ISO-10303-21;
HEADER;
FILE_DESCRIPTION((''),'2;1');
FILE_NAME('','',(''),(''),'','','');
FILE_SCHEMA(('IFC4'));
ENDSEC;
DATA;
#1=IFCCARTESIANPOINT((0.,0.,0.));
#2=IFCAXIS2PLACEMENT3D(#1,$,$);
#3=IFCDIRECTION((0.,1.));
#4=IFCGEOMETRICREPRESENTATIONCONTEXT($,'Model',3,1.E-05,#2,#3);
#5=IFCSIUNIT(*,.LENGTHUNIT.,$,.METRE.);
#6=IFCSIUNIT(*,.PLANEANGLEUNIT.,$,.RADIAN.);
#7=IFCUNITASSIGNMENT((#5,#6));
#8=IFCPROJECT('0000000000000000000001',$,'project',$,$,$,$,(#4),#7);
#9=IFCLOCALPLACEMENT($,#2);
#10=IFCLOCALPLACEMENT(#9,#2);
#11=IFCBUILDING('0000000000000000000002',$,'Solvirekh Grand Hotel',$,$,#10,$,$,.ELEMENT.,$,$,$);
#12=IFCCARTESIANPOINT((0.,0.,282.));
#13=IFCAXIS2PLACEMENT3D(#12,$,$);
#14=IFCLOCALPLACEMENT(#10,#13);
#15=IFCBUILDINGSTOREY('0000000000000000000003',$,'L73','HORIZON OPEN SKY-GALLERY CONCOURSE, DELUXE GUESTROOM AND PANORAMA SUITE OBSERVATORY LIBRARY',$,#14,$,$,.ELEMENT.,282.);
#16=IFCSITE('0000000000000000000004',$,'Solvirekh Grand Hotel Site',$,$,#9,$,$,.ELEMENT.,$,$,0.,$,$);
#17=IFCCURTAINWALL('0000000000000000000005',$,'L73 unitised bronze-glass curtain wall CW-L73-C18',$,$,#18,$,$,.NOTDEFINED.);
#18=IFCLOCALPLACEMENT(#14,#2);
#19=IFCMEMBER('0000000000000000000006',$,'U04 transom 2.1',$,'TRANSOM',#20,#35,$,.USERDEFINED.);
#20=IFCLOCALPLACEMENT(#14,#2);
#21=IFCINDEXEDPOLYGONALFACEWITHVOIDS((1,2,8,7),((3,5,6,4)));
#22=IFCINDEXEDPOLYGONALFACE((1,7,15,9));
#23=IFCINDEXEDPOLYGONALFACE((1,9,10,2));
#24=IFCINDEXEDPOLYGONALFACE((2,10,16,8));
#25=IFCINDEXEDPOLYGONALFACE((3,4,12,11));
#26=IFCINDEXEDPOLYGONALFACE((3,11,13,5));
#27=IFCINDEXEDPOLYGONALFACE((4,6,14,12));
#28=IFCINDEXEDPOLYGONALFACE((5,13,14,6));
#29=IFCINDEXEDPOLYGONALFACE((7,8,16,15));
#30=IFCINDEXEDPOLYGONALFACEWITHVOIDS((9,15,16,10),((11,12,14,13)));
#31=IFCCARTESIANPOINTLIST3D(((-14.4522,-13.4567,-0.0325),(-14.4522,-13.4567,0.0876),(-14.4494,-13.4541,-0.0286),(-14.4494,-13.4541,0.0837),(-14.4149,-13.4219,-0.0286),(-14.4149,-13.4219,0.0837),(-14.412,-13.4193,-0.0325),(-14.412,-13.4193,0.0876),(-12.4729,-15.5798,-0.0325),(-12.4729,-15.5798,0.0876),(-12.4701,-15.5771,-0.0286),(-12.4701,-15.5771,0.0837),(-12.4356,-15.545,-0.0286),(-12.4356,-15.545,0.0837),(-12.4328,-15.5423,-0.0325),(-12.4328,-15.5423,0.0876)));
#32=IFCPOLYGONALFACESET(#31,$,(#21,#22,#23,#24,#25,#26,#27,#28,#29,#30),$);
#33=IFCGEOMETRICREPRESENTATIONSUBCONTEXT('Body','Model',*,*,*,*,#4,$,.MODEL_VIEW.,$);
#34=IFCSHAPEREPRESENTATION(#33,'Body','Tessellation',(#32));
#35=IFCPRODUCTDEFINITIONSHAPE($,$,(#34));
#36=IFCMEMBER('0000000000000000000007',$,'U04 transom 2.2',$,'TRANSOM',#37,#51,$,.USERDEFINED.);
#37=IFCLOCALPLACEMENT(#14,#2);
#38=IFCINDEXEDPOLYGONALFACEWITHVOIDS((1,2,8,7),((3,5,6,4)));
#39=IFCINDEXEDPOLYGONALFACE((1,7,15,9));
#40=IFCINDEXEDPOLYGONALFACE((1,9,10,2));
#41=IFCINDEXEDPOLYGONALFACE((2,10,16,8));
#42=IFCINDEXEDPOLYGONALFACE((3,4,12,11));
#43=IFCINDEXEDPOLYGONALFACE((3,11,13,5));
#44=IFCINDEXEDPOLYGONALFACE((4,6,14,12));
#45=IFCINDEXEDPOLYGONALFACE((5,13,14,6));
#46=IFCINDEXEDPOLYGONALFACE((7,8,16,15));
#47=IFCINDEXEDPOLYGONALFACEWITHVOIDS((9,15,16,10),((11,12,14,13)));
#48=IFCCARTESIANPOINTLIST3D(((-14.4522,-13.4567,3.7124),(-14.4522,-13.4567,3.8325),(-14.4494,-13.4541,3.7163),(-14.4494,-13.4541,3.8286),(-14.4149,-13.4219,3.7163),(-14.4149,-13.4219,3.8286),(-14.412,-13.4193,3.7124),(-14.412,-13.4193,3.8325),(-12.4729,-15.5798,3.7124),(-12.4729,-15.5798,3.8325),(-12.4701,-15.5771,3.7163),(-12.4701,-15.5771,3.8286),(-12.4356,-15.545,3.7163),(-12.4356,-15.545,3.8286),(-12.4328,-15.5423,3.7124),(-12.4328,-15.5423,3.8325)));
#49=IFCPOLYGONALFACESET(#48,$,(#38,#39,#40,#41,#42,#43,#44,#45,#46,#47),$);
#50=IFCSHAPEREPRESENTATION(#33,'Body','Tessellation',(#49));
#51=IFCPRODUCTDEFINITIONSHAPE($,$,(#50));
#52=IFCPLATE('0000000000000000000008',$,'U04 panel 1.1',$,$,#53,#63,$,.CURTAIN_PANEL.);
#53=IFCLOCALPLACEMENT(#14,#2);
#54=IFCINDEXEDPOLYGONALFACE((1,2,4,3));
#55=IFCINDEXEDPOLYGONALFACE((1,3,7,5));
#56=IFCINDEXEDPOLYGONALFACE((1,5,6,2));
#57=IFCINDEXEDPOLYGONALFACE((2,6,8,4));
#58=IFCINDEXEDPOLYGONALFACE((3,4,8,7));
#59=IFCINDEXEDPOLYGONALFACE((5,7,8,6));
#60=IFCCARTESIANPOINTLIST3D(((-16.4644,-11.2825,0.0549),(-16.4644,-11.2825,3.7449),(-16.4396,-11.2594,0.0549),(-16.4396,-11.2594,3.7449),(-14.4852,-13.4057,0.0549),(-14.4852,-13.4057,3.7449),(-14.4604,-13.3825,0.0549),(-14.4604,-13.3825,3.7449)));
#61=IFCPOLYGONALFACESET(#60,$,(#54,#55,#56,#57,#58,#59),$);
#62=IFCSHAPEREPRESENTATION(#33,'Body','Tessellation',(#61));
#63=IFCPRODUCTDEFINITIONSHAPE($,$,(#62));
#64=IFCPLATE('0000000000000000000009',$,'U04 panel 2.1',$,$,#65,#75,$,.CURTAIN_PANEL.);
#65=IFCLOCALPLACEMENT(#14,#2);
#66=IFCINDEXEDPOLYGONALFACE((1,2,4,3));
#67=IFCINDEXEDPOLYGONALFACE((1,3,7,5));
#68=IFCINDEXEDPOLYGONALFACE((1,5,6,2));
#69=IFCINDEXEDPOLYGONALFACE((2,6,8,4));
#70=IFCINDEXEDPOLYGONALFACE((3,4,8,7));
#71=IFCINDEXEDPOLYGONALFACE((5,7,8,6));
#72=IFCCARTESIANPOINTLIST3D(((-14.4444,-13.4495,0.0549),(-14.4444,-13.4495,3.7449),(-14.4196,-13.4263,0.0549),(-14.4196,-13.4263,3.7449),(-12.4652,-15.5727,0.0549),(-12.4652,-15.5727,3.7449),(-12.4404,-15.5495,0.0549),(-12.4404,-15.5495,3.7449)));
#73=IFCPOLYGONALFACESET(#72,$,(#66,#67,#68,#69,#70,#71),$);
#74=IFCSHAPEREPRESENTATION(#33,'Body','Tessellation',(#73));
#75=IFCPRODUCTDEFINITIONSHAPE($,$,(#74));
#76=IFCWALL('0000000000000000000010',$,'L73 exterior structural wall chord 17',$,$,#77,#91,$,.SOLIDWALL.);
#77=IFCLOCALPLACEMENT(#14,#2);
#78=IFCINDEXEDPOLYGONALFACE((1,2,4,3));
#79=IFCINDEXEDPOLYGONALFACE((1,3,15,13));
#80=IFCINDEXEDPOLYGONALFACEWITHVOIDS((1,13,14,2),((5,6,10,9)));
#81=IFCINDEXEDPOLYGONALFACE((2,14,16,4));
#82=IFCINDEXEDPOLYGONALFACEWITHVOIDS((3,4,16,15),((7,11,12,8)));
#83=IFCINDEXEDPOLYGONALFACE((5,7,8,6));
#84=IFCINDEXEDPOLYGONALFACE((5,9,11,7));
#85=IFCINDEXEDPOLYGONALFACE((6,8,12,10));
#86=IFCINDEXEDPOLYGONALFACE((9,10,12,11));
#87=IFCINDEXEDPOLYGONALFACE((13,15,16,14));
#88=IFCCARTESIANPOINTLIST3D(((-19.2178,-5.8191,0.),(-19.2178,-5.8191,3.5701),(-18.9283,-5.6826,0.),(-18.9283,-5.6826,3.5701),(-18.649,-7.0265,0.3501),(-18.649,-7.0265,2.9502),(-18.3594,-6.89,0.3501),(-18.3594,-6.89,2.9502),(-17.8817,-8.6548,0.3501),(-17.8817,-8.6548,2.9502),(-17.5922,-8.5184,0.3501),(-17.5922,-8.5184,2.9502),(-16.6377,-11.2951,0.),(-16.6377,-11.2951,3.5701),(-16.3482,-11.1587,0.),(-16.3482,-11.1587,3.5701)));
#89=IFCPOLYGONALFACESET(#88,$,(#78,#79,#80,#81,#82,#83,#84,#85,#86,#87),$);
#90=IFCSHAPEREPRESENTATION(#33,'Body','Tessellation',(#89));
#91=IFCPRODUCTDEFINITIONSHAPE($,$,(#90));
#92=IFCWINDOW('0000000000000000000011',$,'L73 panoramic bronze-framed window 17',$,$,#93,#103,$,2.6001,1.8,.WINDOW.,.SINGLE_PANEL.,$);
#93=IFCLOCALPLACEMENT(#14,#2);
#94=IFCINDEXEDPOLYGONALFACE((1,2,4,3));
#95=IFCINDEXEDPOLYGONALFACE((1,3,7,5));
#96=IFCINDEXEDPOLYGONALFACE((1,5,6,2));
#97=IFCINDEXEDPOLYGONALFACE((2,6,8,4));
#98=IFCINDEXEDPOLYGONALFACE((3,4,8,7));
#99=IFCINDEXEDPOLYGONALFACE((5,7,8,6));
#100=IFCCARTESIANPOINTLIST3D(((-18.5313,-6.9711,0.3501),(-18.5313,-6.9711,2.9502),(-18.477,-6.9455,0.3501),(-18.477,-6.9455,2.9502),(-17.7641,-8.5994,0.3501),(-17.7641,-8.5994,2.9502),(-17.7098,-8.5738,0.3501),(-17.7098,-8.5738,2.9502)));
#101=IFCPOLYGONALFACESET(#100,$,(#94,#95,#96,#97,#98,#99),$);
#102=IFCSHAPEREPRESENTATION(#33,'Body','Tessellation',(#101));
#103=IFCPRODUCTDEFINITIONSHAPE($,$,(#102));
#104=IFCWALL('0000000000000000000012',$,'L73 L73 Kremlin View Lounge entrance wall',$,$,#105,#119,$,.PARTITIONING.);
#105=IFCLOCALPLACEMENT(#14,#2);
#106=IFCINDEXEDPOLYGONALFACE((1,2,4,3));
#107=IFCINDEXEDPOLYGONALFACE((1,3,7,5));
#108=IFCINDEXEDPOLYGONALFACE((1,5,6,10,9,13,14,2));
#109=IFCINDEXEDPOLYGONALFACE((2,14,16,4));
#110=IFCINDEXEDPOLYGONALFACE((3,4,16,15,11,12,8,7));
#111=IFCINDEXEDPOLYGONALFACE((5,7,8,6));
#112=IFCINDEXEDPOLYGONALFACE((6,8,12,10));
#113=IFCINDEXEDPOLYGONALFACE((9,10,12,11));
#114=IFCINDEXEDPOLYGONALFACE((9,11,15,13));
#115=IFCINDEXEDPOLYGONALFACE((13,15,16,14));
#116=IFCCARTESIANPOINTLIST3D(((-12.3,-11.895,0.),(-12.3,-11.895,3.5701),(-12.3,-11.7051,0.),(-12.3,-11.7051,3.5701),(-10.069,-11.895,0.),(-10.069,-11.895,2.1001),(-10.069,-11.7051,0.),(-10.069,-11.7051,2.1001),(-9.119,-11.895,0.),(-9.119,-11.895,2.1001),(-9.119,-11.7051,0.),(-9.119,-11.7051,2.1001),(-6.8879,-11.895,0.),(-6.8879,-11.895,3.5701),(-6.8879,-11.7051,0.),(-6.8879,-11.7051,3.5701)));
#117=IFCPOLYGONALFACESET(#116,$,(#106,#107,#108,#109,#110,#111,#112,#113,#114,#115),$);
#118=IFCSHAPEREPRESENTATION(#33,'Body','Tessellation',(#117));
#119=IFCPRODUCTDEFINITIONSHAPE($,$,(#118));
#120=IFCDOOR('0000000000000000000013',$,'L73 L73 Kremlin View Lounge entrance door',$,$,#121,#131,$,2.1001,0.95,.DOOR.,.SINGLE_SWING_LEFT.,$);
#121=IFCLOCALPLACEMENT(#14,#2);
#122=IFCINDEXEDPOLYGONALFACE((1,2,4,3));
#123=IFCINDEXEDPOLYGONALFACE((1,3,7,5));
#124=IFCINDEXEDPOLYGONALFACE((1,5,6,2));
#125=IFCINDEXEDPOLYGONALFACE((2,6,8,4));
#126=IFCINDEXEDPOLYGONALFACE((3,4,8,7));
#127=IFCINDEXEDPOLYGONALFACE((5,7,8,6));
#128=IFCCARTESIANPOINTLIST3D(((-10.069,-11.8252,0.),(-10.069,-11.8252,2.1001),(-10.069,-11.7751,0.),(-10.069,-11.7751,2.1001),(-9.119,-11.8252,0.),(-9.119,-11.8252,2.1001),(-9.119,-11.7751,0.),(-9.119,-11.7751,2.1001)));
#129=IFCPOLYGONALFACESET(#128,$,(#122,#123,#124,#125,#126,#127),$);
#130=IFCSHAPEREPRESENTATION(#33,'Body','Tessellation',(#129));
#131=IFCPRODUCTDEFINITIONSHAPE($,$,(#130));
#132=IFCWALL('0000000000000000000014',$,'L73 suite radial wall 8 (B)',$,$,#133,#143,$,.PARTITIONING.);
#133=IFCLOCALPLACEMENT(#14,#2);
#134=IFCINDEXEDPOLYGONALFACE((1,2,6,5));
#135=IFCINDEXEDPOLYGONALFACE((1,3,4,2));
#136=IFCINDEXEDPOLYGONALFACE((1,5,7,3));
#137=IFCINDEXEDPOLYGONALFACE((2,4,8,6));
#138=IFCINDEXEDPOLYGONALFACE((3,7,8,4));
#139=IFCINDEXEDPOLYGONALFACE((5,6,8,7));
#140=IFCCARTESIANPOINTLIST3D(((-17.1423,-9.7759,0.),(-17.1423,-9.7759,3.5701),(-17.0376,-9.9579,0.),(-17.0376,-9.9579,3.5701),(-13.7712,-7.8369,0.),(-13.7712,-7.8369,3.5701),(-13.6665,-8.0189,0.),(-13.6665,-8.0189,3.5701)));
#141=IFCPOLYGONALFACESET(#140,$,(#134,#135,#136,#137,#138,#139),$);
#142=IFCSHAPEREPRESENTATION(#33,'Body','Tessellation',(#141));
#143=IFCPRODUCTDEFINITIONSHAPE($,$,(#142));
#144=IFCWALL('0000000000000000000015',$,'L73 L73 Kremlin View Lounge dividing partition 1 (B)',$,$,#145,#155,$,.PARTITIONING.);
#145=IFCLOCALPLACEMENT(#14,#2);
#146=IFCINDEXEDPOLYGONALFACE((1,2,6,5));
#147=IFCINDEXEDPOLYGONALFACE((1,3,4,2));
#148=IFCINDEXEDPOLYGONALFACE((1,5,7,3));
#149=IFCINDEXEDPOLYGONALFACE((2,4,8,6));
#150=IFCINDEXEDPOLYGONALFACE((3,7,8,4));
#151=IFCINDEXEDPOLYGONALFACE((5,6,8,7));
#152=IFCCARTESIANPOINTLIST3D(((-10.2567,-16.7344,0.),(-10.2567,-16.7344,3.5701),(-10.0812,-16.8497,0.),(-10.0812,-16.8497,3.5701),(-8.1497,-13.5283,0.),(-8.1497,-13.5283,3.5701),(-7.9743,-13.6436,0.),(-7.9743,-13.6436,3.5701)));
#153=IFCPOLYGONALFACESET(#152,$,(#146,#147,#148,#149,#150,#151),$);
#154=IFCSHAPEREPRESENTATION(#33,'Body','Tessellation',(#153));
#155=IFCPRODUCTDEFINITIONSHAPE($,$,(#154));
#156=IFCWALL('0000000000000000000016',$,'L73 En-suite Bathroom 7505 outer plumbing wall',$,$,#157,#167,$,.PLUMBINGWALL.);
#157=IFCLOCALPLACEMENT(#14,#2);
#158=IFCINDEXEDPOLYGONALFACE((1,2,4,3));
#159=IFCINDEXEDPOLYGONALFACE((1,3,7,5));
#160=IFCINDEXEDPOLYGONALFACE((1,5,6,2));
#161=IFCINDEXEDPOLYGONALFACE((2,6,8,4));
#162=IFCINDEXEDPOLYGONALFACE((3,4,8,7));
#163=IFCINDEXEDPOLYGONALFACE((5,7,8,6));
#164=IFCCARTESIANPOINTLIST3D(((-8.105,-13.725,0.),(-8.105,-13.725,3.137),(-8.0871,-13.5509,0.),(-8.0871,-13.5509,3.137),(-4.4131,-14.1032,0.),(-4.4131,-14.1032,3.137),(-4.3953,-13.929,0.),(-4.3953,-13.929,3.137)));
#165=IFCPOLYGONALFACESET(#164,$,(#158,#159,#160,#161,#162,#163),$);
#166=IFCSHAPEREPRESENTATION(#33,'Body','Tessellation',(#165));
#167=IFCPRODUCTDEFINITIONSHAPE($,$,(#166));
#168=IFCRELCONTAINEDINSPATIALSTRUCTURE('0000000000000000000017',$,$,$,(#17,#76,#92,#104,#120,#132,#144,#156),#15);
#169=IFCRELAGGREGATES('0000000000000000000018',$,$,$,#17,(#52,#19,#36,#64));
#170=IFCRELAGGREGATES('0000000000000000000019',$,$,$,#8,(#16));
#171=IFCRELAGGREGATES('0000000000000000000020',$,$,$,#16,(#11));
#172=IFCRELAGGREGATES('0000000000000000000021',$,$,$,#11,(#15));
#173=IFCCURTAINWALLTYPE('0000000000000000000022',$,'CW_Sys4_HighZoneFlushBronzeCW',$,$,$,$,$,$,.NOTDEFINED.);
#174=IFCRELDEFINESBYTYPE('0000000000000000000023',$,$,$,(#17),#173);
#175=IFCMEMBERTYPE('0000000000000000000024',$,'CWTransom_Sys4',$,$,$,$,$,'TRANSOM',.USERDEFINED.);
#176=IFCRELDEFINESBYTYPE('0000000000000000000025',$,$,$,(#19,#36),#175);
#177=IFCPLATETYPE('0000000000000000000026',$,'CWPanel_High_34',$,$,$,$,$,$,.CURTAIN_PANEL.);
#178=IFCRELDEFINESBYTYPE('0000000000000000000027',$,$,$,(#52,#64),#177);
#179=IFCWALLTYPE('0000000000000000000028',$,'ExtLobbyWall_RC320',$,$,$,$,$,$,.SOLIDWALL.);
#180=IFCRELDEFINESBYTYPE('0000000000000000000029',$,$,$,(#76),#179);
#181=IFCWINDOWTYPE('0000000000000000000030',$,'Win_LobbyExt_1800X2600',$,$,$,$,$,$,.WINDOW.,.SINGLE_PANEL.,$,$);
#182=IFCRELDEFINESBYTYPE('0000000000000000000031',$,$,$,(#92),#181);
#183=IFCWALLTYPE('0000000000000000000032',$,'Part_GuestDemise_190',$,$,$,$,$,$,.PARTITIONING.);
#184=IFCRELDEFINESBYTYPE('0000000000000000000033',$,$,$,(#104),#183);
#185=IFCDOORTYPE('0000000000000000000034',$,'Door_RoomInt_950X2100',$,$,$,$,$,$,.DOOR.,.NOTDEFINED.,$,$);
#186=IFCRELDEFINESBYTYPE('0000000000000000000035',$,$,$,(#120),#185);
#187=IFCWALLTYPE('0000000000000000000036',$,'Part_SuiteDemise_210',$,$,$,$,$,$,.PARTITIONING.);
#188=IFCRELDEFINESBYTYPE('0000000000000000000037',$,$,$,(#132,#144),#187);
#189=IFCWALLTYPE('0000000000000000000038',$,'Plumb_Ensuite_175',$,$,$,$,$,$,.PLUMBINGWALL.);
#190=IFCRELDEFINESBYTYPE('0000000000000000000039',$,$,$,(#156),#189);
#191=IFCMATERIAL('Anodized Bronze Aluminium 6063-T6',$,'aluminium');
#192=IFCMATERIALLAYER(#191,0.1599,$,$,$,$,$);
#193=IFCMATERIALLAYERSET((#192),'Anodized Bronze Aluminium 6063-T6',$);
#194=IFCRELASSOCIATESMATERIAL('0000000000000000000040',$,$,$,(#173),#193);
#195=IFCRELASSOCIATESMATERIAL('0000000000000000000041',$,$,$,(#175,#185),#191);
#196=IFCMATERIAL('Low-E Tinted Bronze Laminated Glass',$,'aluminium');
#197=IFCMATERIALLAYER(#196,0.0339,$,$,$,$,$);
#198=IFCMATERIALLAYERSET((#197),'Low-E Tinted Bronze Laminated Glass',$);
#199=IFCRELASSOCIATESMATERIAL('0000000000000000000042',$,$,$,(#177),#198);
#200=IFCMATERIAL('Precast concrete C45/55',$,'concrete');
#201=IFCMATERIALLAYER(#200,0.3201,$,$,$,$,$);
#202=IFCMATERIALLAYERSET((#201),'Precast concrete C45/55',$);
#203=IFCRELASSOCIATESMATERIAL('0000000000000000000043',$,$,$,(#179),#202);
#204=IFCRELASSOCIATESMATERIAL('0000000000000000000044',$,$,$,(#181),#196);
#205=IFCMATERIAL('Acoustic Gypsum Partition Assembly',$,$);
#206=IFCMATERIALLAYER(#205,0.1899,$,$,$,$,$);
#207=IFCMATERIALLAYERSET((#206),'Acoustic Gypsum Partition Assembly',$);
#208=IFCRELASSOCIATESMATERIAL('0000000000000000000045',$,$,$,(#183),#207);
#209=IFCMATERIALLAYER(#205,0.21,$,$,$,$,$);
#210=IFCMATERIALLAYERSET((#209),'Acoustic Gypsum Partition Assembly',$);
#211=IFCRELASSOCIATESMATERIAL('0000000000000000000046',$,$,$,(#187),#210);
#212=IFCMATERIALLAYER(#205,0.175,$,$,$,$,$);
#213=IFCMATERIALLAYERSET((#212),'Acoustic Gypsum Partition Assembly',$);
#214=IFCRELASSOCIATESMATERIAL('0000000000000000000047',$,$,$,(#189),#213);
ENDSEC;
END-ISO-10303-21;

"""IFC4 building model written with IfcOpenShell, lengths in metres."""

from ifc_helpers import new_model, si_unit, direction, frame, frame_2d, origin, origin_2d, place, context, subcontext, project, spatial, rectangle, hollow_rectangle, extrude, source, transform, mapped, material, layer, layer_set, material_profile, profile_set, type_object, element, fill, aggregate, save


model = new_model("IFC4")

# Units and contexts
model_context = context("Model", 3, precision=1e-05, world=origin(), true_north=direction((0.0, 1.0)))
body_context = subcontext(model_context, "Body", "Model", "MODEL_VIEW")
ifc_project = project(units=[si_unit("LENGTHUNIT", "METRE"), si_unit("PLANEANGLEUNIT", "RADIAN")], contexts=[model_context])

# Site, building, storey
site_placement = place(None, origin())
site = spatial("IfcSite", under=ifc_project, at=site_placement, Name="Solvirekh Grand Hotel Site", CompositionType="ELEMENT", RefElevation=0.0)
building_placement = place(site_placement, origin())
building = spatial("IfcBuilding", under=site, at=building_placement, Name="Solvirekh Grand Hotel", CompositionType="ELEMENT")
storey_placement = place(building_placement, frame((0.0, 0.0, 282.0)))
storey = spatial("IfcBuildingStorey", under=building, at=storey_placement, Name="L73", Description="HORIZON OPEN SKY-GALLERY CONCOURSE, DELUXE GUESTROOM AND PANORAMA SUITE OBSERVATORY LIBRARY", CompositionType="ELEMENT", Elevation=282.0)

# Curtain wall, members, plates
ifc_material_1 = material(Name="Anodized Bronze Aluminium 6063-T6", Category="aluminium")
ifc_layer_1 = layer(ifc_material_1, 0.1599)
ifc_layer_set_1 = layer_set([ifc_layer_1], Name="Anodized Bronze Aluminium 6063-T6")
curtain_wall_type = type_object("IfcCurtainWallType", Name="CW_Sys4_HighZoneFlushBronzeCW", PredefinedType="NOTDEFINED", material=ifc_layer_set_1)
curtain_wall_placement = place(storey_placement, origin())
curtain_wall = element("IfcCurtainWall", 1, at=curtain_wall_placement, inside=storey, type_object=curtain_wall_type, Name="L73 unitised bronze-glass curtain wall CW-L73-C18", PredefinedType="NOTDEFINED")
ifc_material_profile_1 = material_profile(ifc_material_1, hollow_rectangle(XDim=0.0549, YDim=0.1201, WallThickness=0.0039, at=origin_2d()), Name="ALU RHS 120X55X4")
ifc_profile_set_1 = profile_set([ifc_material_profile_1], Name="Anodized Bronze Aluminium 6063-T6")
member_type_1 = type_object("IfcMemberType", Name="CWTransom_Sys4", ElementType="TRANSOM", PredefinedType="USERDEFINED", material=ifc_profile_set_1)
shared_shape_1 = source(origin(), body_context, "Body", "SweptSolid", [
    extrude(hollow_rectangle(XDim=0.0549, YDim=0.1201, WallThickness=0.0039, at=origin_2d()), origin(), (0.0, 0.0, 1.0), 2.9026),
])
member_1_placement = place(storey_placement, frame((-14.4321, -13.438, 0.0276), z_axis=(0.681902, -0.731444, 0.0), x_axis=(0.731444, 0.681902, 0.0)))
member_1 = element("IfcMember", 2, at=member_1_placement, type_object=member_type_1, Name="U04 transom 2.1", ObjectType="TRANSOM", PredefinedType="USERDEFINED", context=body_context, shape_type="MappedRepresentation", body=[
    mapped(shared_shape_1, transform((0.0, 0.0, 0.0), x_axis=(1.0, 0.0, 0.0), y_axis=(0.0, 1.0, 0.0), z_axis=(0.0, 0.0, 1.0), scale=1.0)),
])
member_2_placement = place(storey_placement, frame((-14.4321, -13.438, 3.7725), z_axis=(0.681902, -0.731444, 0.0), x_axis=(0.731444, 0.681902, 0.0)))
member_2 = element("IfcMember", 3, at=member_2_placement, type_object=member_type_1, Name="U04 transom 2.2", ObjectType="TRANSOM", PredefinedType="USERDEFINED", context=body_context, shape_type="MappedRepresentation", body=[
    mapped(shared_shape_1, transform((0.0, 0.0, 0.0), x_axis=(1.0, 0.0, 0.0), y_axis=(0.0, 1.0, 0.0), z_axis=(0.0, 0.0, 1.0), scale=1.0)),
])
ifc_material_2 = material(Name="Low-E Tinted Bronze Laminated Glass", Category="aluminium")
ifc_layer_2 = layer(ifc_material_2, 0.0339)
ifc_layer_set_2 = layer_set([ifc_layer_2], Name="Low-E Tinted Bronze Laminated Glass")
plate_type = type_object("IfcPlateType", Name="CWPanel_High_34", PredefinedType="CURTAIN_PANEL", material=ifc_layer_set_2)
shared_shape_2 = source(origin(), body_context, "Body", "SweptSolid", [
    extrude(rectangle(XDim=2.9026, YDim=0.0339, at=origin_2d()), origin(), (0.0, 0.0, 1.0), 3.6899),
])
plate_1_placement = place(storey_placement, frame((-15.4624, -12.3325, 0.0549), z_axis=(0.0, 0.0, 1.0), x_axis=(0.68186, -0.731483, 0.0)))
plate_1 = element("IfcPlate", 4, at=plate_1_placement, type_object=plate_type, Name="U04 panel 1.1", PredefinedType="CURTAIN_PANEL", context=body_context, shape_type="MappedRepresentation", body=[
    mapped(shared_shape_2, transform((0.0, 0.0, 0.0), x_axis=(1.0, 0.0, 0.0), y_axis=(0.0, 1.0, 0.0), z_axis=(0.0, 0.0, 1.0), scale=1.0)),
])
plate_2_placement = place(storey_placement, frame((-13.4424, -14.4995, 0.0549), z_axis=(0.0, 0.0, 1.0), x_axis=(0.68186, -0.731483, 0.0)))
plate_2 = element("IfcPlate", 5, at=plate_2_placement, type_object=plate_type, Name="U04 panel 2.1", PredefinedType="CURTAIN_PANEL", context=body_context, shape_type="MappedRepresentation", body=[
    mapped(shared_shape_2, transform((0.0, 0.0, 0.0), x_axis=(1.0, 0.0, 0.0), y_axis=(0.0, 1.0, 0.0), z_axis=(0.0, 0.0, 1.0), scale=1.0)),
])
aggregate(curtain_wall, [plate_1, member_1, member_2, plate_2])

# Wall, opening, window
ifc_material_3 = material(Name="Precast concrete C45/55", Category="concrete")
ifc_layer_3 = layer(ifc_material_3, 0.3201)
ifc_layer_set_3 = layer_set([ifc_layer_3], Name="Precast concrete C45/55")
wall_type_1 = type_object("IfcWallType", Name="ExtLobbyWall_RC320", PredefinedType="SOLIDWALL", material=ifc_layer_set_3)
wall_1_placement = place(storey_placement, frame((-16.4929, -11.2271, 0.0), z_axis=(0.0, 0.0, 1.0), x_axis=(-0.426217, 0.904621, 0.0)))
wall_1 = element("IfcWall", 6, at=wall_1_placement, inside=storey, type_object=wall_type_1, Name="L73 exterior structural wall chord 17", PredefinedType="SOLIDWALL", context=body_context, shape_type="SweptSolid", body=[
    extrude(rectangle(XDim=6.0535, YDim=0.3201, at=frame_2d((3.0269, 0.0))), origin(), (0.0, 0.0, 1.0), 3.5701),
])
opening_1_placement = place(wall_1_placement, frame((2.9189, 0.0, 0.3501)))
opening_1 = element("IfcOpeningElement", 7, at=opening_1_placement, cuts=wall_1, PredefinedType="OPENING", context=body_context, shape_type="SweptSolid", body=[
    extrude(rectangle(XDim=1.8, YDim=2.6001, at=frame_2d((0.8999, 1.3))), frame((0.0, 0.1699, 0.0), z_axis=(0.0, -1.0, 0.0), x_axis=(1.0, 0.0, 0.0)), (0.0, 0.0, 1.0), 0.3401),
])
window_type = type_object("IfcWindowType", Name="Win_LobbyExt_1800X2600", PartitioningType="SINGLE_PANEL", PredefinedType="WINDOW", material=ifc_material_2)
window_placement = place(opening_1_placement, origin())
window = element("IfcWindow", 8, at=window_placement, inside=storey, type_object=window_type, Name="L73 panoramic bronze-framed window 17", OverallHeight=2.6001, OverallWidth=1.8, PartitioningType="SINGLE_PANEL", PredefinedType="WINDOW", context=body_context, shape_type="SweptSolid", body=[
    extrude(rectangle(XDim=1.8, YDim=2.6001, at=frame_2d((0.8999, 1.3))), frame((0.0, 0.03, 0.0), z_axis=(0.0, -1.0, 0.0), x_axis=(1.0, 0.0, 0.0)), (0.0, 0.0, 1.0), 0.0601),
])
fill(opening_1, window)

# Wall, opening, door
ifc_material_4 = material(Name="Acoustic Gypsum Partition Assembly")
ifc_layer_4 = layer(ifc_material_4, 0.1899)
ifc_layer_set_4 = layer_set([ifc_layer_4], Name="Acoustic Gypsum Partition Assembly")
wall_type_2 = type_object("IfcWallType", Name="Part_GuestDemise_190", PredefinedType="PARTITIONING", material=ifc_layer_set_4)
wall_2_placement = place(storey_placement, frame((-12.3, -11.8, 0.0), z_axis=(0.0, 0.0, 1.0), x_axis=(1.0, 0.0, 0.0)))
wall_2 = element("IfcWall", 9, at=wall_2_placement, inside=storey, type_object=wall_type_2, Name="L73 L73 Kremlin View Lounge entrance wall", PredefinedType="PARTITIONING", context=body_context, shape_type="SweptSolid", body=[
    extrude(rectangle(XDim=5.4121, YDim=0.1899, at=frame_2d((2.7061, 0.0))), origin(), (0.0, 0.0, 1.0), 3.5701),
])
opening_2_placement = place(wall_2_placement, frame((2.231, 0.0, 0.0)))
opening_2 = element("IfcOpeningElement", 10, at=opening_2_placement, cuts=wall_2, PredefinedType="OPENING", context=body_context, shape_type="SweptSolid", body=[
    extrude(rectangle(XDim=0.95, YDim=2.1001, at=frame_2d((0.4751, 1.05))), frame((0.0, 0.105, 0.0), z_axis=(0.0, -1.0, 0.0), x_axis=(1.0, 0.0, 0.0)), (0.0, 0.0, 1.0), 0.21),
])
door_type = type_object("IfcDoorType", Name="Door_RoomInt_950X2100", OperationType="NOTDEFINED", PredefinedType="DOOR", material=ifc_material_1)
door_placement = place(opening_2_placement, origin())
door = element("IfcDoor", 11, at=door_placement, inside=storey, type_object=door_type, Name="L73 L73 Kremlin View Lounge entrance door", OperationType="SINGLE_SWING_LEFT", OverallHeight=2.1001, OverallWidth=0.95, PredefinedType="DOOR", context=body_context, shape_type="SweptSolid", body=[
    extrude(rectangle(XDim=0.95, YDim=2.1001, at=frame_2d((0.4751, 1.05))), frame((0.0, 0.0249, 0.0), z_axis=(0.0, -1.0, 0.0), x_axis=(1.0, 0.0, 0.0)), (0.0, 0.0, 1.0), 0.05),
])
fill(opening_2, door)

# Walls
ifc_layer_5 = layer(ifc_material_4, 0.21)
ifc_layer_set_5 = layer_set([ifc_layer_5], Name="Acoustic Gypsum Partition Assembly")
wall_type_3 = type_object("IfcWallType", Name="Part_SuiteDemise_210", PredefinedType="PARTITIONING", material=ifc_layer_set_5)
wall_3_placement = place(storey_placement, frame((-13.719, -7.928, 0.0), z_axis=(0.0, 0.0, 1.0), x_axis=(-0.866841, -0.498584, 0.0)))
element("IfcWall", 12, at=wall_3_placement, inside=storey, type_object=wall_type_3, Name="L73 suite radial wall 8 (B)", PredefinedType="PARTITIONING", context=body_context, shape_type="SweptSolid", body=[
    extrude(rectangle(XDim=3.8889, YDim=0.21, at=frame_2d((1.9443, 0.0))), origin(), (0.0, 0.0, 1.0), 3.5701),
])
wall_4_placement = place(storey_placement, frame((-8.062, -13.5859, 0.0), z_axis=(0.0, 0.0, 1.0), x_axis=(-0.549196, -0.835694, 0.0)))
element("IfcWall", 13, at=wall_4_placement, inside=storey, type_object=wall_type_3, Name="L73 L73 Kremlin View Lounge dividing partition 1 (B)", PredefinedType="PARTITIONING", context=body_context, shape_type="SweptSolid", body=[
    extrude(rectangle(XDim=3.8364, YDim=0.21, at=frame_2d((1.9182, 0.0))), origin(), (0.0, 0.0, 1.0), 3.5701),
])
ifc_layer_6 = layer(ifc_material_4, 0.175)
ifc_layer_set_6 = layer_set([ifc_layer_6], Name="Acoustic Gypsum Partition Assembly")
wall_type_4 = type_object("IfcWallType", Name="Plumb_Ensuite_175", PredefinedType="PLUMBINGWALL", material=ifc_layer_set_6)
wall_5_placement = place(storey_placement, frame((-8.0959, -13.6379, 0.0), z_axis=(0.0, 0.0, 1.0), x_axis=(0.994795, -0.1019, 0.0)))
element("IfcWall", 14, at=wall_5_placement, inside=storey, type_object=wall_type_4, Name="L73 En-suite Bathroom 7505 outer plumbing wall", PredefinedType="PLUMBINGWALL", context=body_context, shape_type="SweptSolid", body=[
    extrude(rectangle(XDim=3.7112, YDim=0.175, at=frame_2d((1.8555, 0.0))), origin(), (0.0, 0.0, 1.0), 3.137),
])

save(model, "model.ifc")
